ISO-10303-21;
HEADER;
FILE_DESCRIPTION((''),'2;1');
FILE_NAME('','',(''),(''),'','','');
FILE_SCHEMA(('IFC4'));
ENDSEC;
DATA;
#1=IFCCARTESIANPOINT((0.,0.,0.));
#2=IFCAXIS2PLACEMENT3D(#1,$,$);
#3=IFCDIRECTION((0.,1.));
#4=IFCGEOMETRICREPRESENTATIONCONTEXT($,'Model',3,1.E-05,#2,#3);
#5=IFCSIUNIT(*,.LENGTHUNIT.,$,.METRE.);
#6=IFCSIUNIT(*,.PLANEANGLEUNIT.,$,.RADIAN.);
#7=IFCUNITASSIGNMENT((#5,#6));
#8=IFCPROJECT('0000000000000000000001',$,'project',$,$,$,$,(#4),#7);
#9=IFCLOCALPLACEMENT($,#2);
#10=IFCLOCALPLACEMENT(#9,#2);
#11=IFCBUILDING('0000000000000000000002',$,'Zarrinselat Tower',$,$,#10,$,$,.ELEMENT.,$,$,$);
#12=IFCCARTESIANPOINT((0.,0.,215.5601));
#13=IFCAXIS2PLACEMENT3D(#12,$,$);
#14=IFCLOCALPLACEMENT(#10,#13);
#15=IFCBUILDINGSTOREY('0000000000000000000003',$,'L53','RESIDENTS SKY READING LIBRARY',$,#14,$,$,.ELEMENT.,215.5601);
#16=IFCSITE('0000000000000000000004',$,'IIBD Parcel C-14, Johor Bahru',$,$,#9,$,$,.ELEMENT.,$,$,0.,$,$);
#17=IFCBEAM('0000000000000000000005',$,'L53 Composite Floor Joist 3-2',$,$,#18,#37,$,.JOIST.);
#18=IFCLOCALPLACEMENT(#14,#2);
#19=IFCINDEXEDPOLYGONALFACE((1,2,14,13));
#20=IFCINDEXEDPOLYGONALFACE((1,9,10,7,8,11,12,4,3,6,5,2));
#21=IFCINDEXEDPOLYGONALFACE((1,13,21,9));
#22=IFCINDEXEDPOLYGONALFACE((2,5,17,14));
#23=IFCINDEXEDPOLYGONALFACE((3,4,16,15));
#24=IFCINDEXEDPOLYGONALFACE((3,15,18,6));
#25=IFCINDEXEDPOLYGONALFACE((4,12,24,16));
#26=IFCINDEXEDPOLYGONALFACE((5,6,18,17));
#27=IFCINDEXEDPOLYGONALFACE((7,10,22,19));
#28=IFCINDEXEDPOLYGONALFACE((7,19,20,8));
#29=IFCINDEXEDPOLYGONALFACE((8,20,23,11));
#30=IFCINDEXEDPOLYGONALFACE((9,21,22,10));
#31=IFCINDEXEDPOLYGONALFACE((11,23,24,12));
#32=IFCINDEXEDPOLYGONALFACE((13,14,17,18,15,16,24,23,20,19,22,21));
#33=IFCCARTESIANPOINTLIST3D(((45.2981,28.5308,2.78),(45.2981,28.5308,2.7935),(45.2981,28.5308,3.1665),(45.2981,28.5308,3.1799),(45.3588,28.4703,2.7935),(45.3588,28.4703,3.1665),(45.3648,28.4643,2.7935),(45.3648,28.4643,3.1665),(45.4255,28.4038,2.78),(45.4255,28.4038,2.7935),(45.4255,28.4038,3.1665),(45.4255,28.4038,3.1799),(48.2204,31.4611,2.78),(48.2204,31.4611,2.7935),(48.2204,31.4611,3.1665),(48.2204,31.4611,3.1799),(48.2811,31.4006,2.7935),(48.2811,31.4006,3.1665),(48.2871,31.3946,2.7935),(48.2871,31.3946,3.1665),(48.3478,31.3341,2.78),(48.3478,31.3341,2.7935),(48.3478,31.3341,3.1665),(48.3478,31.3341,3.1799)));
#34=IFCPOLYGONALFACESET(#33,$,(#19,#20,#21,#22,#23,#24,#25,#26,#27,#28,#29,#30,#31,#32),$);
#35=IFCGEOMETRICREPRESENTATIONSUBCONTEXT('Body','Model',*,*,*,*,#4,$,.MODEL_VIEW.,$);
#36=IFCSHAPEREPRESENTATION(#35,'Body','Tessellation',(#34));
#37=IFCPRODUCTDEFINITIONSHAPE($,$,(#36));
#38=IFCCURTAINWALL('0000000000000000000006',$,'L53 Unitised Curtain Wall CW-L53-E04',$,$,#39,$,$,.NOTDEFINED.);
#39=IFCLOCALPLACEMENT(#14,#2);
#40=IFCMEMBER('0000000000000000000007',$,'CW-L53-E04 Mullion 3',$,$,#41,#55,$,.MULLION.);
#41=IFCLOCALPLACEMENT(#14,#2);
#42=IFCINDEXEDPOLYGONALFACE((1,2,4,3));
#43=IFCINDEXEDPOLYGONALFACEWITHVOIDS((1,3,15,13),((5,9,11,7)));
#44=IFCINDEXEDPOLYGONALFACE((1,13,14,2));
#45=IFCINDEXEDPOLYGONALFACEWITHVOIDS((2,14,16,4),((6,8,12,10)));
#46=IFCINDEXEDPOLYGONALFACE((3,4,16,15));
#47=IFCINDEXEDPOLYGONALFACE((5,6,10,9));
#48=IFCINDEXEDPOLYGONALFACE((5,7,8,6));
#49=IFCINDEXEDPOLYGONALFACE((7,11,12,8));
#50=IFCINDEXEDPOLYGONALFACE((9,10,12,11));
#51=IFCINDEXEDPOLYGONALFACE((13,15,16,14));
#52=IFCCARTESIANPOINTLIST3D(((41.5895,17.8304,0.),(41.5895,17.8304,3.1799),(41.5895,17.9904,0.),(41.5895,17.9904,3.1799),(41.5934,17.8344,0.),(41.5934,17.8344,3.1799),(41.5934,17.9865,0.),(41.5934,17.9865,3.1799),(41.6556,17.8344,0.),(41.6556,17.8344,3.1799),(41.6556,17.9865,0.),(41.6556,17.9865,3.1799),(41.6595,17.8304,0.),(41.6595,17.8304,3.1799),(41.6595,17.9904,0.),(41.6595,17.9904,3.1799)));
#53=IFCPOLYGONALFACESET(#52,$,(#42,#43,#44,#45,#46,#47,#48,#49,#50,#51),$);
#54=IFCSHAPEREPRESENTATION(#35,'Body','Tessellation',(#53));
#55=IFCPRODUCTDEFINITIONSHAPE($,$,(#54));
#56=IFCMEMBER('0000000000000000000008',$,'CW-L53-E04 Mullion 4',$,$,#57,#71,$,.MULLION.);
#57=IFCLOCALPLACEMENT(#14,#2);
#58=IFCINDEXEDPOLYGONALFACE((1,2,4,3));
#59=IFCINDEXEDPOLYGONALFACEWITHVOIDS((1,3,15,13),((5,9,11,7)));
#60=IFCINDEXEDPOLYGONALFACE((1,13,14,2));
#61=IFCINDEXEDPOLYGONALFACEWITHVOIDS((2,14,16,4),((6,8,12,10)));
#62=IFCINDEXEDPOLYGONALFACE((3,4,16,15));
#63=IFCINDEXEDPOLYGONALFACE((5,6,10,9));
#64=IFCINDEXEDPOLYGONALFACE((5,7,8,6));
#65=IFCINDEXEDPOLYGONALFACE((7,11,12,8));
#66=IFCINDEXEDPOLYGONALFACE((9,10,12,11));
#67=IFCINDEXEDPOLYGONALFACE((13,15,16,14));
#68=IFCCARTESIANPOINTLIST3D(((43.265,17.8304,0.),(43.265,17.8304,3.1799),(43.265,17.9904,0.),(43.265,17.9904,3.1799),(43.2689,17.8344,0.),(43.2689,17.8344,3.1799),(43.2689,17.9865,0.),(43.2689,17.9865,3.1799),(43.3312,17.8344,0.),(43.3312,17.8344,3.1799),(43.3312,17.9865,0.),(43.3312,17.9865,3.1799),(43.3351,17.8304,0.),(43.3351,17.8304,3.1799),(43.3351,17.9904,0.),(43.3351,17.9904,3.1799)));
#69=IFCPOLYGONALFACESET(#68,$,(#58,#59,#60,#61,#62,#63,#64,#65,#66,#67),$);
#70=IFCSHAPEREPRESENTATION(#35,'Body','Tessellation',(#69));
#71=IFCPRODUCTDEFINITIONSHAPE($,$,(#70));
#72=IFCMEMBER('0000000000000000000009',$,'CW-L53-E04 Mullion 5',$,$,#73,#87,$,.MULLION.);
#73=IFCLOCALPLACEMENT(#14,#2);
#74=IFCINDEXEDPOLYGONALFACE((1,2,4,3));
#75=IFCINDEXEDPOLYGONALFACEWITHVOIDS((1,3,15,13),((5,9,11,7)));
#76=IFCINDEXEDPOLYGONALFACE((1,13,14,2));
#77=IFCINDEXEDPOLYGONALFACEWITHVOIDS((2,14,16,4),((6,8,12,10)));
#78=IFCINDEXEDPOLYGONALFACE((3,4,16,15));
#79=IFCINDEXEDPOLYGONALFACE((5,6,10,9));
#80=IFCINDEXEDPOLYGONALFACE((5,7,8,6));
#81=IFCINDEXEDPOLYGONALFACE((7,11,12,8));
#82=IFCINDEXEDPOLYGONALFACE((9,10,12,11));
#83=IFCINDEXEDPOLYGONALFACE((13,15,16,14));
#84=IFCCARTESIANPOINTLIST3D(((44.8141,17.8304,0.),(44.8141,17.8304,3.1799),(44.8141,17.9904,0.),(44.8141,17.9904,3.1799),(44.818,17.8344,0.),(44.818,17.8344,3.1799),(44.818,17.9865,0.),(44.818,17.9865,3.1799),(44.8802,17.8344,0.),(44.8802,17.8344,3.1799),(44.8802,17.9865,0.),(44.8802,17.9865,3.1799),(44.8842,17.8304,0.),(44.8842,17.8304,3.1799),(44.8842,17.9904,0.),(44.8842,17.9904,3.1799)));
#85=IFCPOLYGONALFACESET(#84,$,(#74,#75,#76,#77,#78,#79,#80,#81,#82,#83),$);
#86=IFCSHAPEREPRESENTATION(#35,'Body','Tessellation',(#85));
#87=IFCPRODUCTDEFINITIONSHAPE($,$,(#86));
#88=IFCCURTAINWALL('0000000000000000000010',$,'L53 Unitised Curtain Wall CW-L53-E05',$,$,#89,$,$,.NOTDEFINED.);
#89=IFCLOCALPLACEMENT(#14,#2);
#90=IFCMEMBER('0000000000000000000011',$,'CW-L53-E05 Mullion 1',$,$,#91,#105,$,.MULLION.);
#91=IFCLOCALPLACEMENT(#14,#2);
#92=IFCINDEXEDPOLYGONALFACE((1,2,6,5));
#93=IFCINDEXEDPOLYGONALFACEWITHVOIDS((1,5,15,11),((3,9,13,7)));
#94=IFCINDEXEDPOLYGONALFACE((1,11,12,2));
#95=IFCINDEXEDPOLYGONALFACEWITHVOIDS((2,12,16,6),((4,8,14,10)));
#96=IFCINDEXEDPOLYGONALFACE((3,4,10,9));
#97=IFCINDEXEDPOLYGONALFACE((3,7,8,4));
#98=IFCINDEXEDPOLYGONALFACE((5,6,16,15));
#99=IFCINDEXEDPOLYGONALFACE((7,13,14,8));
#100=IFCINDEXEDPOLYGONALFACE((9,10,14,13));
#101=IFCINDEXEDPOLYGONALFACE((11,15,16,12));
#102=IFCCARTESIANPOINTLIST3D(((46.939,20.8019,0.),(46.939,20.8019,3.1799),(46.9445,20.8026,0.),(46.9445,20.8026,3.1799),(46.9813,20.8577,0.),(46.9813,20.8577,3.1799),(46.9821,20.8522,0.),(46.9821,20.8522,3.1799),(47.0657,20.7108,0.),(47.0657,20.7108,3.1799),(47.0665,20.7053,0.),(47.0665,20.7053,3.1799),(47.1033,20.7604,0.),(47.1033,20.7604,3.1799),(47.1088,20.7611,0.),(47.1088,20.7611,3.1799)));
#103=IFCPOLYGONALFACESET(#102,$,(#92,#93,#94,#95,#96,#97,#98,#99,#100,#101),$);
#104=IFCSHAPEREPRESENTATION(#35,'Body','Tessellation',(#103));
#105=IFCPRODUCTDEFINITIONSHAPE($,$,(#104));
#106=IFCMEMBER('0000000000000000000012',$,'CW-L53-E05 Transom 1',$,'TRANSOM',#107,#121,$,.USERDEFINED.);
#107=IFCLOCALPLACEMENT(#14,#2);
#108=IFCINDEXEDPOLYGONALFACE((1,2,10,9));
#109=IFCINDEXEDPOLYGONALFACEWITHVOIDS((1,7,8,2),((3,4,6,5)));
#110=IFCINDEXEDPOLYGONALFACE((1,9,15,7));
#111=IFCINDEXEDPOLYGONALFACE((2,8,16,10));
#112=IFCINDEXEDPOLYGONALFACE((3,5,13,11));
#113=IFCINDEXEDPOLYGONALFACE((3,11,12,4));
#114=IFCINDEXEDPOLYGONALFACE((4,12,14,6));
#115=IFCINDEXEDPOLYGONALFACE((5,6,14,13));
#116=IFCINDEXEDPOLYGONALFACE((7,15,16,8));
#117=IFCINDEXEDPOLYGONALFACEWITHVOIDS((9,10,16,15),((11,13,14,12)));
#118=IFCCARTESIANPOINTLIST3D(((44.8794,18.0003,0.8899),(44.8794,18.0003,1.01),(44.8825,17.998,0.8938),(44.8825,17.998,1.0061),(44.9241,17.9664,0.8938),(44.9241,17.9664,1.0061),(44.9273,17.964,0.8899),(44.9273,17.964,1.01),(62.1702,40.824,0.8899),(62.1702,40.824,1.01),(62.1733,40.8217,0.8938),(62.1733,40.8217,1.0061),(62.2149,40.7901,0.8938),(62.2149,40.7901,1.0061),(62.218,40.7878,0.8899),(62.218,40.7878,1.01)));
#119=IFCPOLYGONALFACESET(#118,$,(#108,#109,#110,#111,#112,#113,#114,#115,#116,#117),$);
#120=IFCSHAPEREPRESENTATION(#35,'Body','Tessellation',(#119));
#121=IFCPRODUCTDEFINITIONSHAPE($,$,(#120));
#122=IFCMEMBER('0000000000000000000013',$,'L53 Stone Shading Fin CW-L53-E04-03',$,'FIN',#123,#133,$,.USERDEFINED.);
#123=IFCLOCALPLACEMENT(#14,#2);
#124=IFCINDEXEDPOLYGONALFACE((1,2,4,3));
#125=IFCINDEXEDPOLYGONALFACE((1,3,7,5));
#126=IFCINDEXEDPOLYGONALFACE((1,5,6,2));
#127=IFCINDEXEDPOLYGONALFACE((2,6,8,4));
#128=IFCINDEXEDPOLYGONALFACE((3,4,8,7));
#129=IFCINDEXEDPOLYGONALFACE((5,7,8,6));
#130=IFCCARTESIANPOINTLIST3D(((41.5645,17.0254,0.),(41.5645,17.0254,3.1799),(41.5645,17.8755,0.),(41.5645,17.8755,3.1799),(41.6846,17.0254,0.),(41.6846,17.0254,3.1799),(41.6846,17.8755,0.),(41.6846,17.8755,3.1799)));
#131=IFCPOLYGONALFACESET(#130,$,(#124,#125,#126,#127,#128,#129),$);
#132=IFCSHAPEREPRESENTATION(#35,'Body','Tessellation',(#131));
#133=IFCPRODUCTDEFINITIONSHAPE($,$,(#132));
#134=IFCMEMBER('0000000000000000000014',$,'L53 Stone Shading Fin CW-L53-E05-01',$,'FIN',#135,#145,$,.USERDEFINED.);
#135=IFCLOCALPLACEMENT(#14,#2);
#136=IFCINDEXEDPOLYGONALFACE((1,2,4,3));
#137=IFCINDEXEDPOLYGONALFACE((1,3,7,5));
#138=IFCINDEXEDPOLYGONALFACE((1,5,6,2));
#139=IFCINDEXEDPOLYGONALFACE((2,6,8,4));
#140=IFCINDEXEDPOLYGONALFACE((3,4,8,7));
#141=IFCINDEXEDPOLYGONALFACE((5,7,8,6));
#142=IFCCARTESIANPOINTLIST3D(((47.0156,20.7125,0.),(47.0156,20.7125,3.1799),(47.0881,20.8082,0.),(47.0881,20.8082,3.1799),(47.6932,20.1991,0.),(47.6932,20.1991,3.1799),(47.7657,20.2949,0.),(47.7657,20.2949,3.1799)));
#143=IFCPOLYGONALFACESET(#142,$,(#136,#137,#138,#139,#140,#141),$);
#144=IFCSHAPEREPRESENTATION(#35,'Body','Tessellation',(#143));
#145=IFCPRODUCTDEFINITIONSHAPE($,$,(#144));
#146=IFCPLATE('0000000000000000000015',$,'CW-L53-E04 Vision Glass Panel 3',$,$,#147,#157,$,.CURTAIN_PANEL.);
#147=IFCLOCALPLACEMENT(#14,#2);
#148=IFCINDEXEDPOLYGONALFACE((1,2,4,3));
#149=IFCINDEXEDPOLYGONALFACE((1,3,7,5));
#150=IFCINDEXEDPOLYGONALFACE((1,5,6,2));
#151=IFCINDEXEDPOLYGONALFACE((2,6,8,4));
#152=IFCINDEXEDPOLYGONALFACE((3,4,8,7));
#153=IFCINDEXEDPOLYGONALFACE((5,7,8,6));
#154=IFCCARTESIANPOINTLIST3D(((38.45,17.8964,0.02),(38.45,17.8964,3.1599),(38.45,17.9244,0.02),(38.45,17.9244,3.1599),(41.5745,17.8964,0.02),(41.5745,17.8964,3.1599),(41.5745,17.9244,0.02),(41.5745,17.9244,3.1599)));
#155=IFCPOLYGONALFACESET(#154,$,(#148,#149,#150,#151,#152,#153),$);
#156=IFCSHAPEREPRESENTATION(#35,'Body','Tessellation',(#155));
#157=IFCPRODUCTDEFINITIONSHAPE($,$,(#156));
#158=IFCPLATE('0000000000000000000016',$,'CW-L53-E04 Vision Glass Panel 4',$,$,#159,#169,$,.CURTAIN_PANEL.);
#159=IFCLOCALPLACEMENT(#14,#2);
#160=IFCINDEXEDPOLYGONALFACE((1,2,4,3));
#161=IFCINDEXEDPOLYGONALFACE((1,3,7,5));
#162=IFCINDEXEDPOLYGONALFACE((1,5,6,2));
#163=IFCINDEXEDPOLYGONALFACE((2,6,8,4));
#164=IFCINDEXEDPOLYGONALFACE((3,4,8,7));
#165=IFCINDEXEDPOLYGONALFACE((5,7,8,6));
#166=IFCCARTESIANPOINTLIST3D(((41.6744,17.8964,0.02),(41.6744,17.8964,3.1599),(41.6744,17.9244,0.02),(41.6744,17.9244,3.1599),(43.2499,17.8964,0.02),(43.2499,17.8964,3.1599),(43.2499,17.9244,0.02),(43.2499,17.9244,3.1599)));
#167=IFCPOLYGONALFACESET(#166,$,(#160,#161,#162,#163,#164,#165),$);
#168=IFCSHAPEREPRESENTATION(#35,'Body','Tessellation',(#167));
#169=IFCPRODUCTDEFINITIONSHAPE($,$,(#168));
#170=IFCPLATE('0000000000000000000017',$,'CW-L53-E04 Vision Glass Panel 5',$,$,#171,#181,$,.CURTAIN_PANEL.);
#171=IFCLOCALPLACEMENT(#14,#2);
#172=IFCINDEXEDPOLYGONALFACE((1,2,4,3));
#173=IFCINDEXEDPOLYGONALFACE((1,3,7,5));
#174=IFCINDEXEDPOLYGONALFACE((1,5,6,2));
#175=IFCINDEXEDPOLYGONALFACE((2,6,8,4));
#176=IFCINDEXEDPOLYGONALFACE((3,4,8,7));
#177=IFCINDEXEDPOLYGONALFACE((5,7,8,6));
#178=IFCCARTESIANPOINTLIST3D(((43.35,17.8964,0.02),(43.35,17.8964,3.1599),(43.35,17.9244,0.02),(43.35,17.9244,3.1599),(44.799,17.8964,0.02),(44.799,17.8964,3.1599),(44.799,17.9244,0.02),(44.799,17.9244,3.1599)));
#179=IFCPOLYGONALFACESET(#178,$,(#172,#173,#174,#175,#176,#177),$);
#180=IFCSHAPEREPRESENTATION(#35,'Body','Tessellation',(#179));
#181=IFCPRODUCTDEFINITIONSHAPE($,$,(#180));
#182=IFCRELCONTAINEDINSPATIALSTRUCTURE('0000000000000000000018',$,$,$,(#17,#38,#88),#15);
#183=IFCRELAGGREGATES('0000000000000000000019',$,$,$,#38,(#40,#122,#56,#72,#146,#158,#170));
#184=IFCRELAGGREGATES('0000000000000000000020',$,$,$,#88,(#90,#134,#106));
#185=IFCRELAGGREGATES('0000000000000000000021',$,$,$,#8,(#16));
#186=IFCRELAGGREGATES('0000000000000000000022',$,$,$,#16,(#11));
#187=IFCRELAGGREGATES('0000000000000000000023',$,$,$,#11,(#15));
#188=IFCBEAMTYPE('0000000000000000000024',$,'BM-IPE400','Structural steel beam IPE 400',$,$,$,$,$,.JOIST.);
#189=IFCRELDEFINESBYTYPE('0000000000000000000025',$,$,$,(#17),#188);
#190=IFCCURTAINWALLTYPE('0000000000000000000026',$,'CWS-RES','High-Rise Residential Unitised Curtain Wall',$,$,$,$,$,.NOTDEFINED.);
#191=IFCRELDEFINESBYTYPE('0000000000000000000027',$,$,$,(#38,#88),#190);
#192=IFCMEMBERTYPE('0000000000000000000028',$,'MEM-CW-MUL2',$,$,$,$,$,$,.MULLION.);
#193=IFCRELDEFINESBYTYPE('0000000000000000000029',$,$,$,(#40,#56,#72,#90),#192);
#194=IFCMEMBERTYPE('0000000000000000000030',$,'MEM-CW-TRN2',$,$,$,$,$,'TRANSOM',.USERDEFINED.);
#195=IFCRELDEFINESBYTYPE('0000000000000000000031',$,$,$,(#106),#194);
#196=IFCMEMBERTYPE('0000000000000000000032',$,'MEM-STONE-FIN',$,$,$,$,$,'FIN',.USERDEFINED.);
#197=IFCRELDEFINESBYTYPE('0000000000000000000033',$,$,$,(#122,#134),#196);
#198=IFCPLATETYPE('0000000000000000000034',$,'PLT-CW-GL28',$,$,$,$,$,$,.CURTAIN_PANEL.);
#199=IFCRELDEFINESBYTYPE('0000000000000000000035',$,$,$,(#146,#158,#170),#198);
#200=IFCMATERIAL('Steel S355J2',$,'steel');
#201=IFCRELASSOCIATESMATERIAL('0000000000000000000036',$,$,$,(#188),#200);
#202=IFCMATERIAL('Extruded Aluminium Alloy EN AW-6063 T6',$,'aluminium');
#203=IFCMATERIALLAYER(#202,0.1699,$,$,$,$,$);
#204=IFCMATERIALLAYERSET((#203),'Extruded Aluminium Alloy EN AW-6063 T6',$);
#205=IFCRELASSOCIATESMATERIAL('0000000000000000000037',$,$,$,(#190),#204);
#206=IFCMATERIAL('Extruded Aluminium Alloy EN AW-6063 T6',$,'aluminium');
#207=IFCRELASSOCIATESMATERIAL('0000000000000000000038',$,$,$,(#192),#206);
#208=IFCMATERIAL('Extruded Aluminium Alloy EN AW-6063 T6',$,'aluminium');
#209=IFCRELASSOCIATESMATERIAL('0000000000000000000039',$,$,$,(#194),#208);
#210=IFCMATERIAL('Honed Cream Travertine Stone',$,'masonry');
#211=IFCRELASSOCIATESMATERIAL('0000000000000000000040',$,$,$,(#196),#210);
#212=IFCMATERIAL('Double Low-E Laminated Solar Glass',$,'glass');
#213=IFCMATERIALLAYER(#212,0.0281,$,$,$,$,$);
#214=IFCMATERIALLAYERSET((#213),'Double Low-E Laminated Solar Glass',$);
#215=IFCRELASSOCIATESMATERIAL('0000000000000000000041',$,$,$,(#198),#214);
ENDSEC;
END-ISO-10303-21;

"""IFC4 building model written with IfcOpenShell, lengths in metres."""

from ifc_helpers import new_model, si_unit, direction, frame, origin, origin_2d, place, context, subcontext, project, spatial, rectangle, hollow_rectangle, i_section, extrude, material, layer, layer_set, material_profile, profile_set, type_object, element, aggregate, save


model = new_model("IFC4")

# Units and contexts
model_context = context("Model", 3, precision=1e-05, world=origin(), true_north=direction((0.0, 1.0)))
body_context = subcontext(model_context, "Body", "Model", "MODEL_VIEW")
ifc_project = project(units=[si_unit("LENGTHUNIT", "METRE"), si_unit("PLANEANGLEUNIT", "RADIAN")], contexts=[model_context])

# Site, building, storey
site_placement = place(None, origin())
site = spatial("IfcSite", under=ifc_project, at=site_placement, Name="IIBD Parcel C-14, Johor Bahru", CompositionType="ELEMENT", RefElevation=0.0)
building_placement = place(site_placement, origin())
building = spatial("IfcBuilding", under=site, at=building_placement, Name="Zarrinselat Tower", CompositionType="ELEMENT")
storey_placement = place(building_placement, frame((0.0, 0.0, 215.5601)))
storey = spatial("IfcBuildingStorey", under=building, at=storey_placement, Name="L53", Description="RESIDENTS SKY READING LIBRARY", CompositionType="ELEMENT", Elevation=215.5601)

# Beam
ifc_material_1 = material(Name="Steel S355J2", Category="steel")
ifc_material_profile_1 = material_profile(ifc_material_1, i_section(OverallWidth=0.1799, OverallDepth=0.3999, WebThickness=0.0085, FlangeThickness=0.0134, at=origin_2d()), Name="IPE 400")
ifc_profile_set_1 = profile_set([ifc_material_profile_1], Name="Steel S355J2")
beam_type_1 = type_object("IfcBeamType", Name="BM-IPE400", Description="Structural steel beam IPE 400", PredefinedType="JOIST", material=ifc_profile_set_1)
beam_1_placement = place(storey_placement, frame((45.3618, 28.4673, 2.98), z_axis=(0.706133, 0.708079, 0.0), x_axis=(-0.708079, 0.706133, 0.0)))
element("IfcBeam", 1, at=beam_1_placement, inside=storey, type_object=beam_type_1, Name="L53 Composite Floor Joist 3-2", PredefinedType="JOIST", context=body_context, shape_type="SweptSolid", body=[
    extrude(i_section(OverallWidth=0.1799, OverallDepth=0.3999, WebThickness=0.0085, FlangeThickness=0.0134, at=origin_2d()), origin(), (0.0, 0.0, 1.0), 4.1384),
])

# Curtain walls, members
ifc_material_2 = material(Name="Extruded Aluminium Alloy EN AW-6063 T6", Category="aluminium")
ifc_layer_1 = layer(ifc_material_2, 0.1699)
ifc_layer_set_1 = layer_set([ifc_layer_1], Name="Extruded Aluminium Alloy EN AW-6063 T6")
curtain_wall_type = type_object("IfcCurtainWallType", Name="CWS-RES", Description="High-Rise Residential Unitised Curtain Wall", PredefinedType="NOTDEFINED", material=ifc_layer_set_1)
curtain_wall_1_placement = place(storey_placement, origin())
curtain_wall_1 = element("IfcCurtainWall", 2, at=curtain_wall_1_placement, inside=storey, type_object=curtain_wall_type, Name="L53 Unitised Curtain Wall CW-L53-E04", PredefinedType="NOTDEFINED")
ifc_material_3 = material(Name="Extruded Aluminium Alloy EN AW-6063 T6", Category="aluminium")
ifc_material_profile_2 = material_profile(ifc_material_3, hollow_rectangle(XDim=0.0701, YDim=0.1599, WallThickness=0.0039, at=origin_2d()), Name="RHS 160x70x4")
ifc_profile_set_2 = profile_set([ifc_material_profile_2], Name="Extruded Aluminium Alloy EN AW-6063 T6")
member_type_1 = type_object("IfcMemberType", Name="MEM-CW-MUL2", PredefinedType="MULLION", material=ifc_profile_set_2)
member_1_placement = place(storey_placement, frame((41.6245, 17.9104, 0.0), z_axis=(0.0, 0.0, 1.0), x_axis=(1.0, 0.0, 0.0)))
member_1 = element("IfcMember", 3, at=member_1_placement, type_object=member_type_1, Name="CW-L53-E04 Mullion 3", PredefinedType="MULLION", context=body_context, shape_type="SweptSolid", body=[
    extrude(hollow_rectangle(XDim=0.0701, YDim=0.1599, WallThickness=0.0039, at=origin_2d()), origin(), (0.0, 0.0, 1.0), 3.1799),
])
member_2_placement = place(storey_placement, frame((43.3, 17.9104, 0.0), z_axis=(0.0, 0.0, 1.0), x_axis=(1.0, 0.0, 0.0)))
member_2 = element("IfcMember", 4, at=member_2_placement, type_object=member_type_1, Name="CW-L53-E04 Mullion 4", PredefinedType="MULLION", context=body_context, shape_type="SweptSolid", body=[
    extrude(hollow_rectangle(XDim=0.0701, YDim=0.1599, WallThickness=0.0039, at=origin_2d()), origin(), (0.0, 0.0, 1.0), 3.1799),
])
member_3_placement = place(storey_placement, frame((44.8491, 17.9104, 0.0), z_axis=(0.0, 0.0, 1.0), x_axis=(1.0, 0.0, 0.0)))
member_3 = element("IfcMember", 5, at=member_3_placement, type_object=member_type_1, Name="CW-L53-E04 Mullion 5", PredefinedType="MULLION", context=body_context, shape_type="SweptSolid", body=[
    extrude(hollow_rectangle(XDim=0.0701, YDim=0.1599, WallThickness=0.0039, at=origin_2d()), origin(), (0.0, 0.0, 1.0), 3.1799),
])
curtain_wall_2_placement = place(storey_placement, origin())
curtain_wall_2 = element("IfcCurtainWall", 6, at=curtain_wall_2_placement, inside=storey, type_object=curtain_wall_type, Name="L53 Unitised Curtain Wall CW-L53-E05", PredefinedType="NOTDEFINED")
member_4_placement = place(storey_placement, frame((47.0239, 20.7815, 0.0), z_axis=(0.0, 0.0, 1.0), x_axis=(0.603859, 0.797091, 0.0)))
member_4 = element("IfcMember", 7, at=member_4_placement, type_object=member_type_1, Name="CW-L53-E05 Mullion 1", PredefinedType="MULLION", context=body_context, shape_type="SweptSolid", body=[
    extrude(hollow_rectangle(XDim=0.0701, YDim=0.1599, WallThickness=0.0039, at=origin_2d()), origin(), (0.0, 0.0, 1.0), 3.1799),
])
ifc_material_4 = material(Name="Extruded Aluminium Alloy EN AW-6063 T6", Category="aluminium")
ifc_material_profile_3 = material_profile(ifc_material_4, hollow_rectangle(XDim=0.0601, YDim=0.1201, WallThickness=0.0039, at=origin_2d()), Name="RHS 120x60x4")
ifc_profile_set_3 = profile_set([ifc_material_profile_3], Name="Extruded Aluminium Alloy EN AW-6063 T6")
member_type_2 = type_object("IfcMemberType", Name="MEM-CW-TRN2", ElementType="TRANSOM", PredefinedType="USERDEFINED", material=ifc_profile_set_3)
member_5_placement = place(storey_placement, frame((44.9033, 17.9822, 0.95), z_axis=(0.603859, 0.797091, 0.0), x_axis=(-0.797091, 0.603859, 0.0)))
member_5 = element("IfcMember", 8, at=member_5_placement, type_object=member_type_2, Name="CW-L53-E05 Transom 1", ObjectType="TRANSOM", PredefinedType="USERDEFINED", context=body_context, shape_type="SweptSolid", body=[
    extrude(hollow_rectangle(XDim=0.0601, YDim=0.1201, WallThickness=0.0039, at=origin_2d()), origin(), (0.0, 0.0, 1.0), 28.6338),
])

# Members
ifc_material_5 = material(Name="Honed Cream Travertine Stone", Category="masonry")
ifc_material_profile_4 = material_profile(ifc_material_5, rectangle(XDim=0.1201, YDim=0.8501, at=origin_2d()), Name="FIN 850x120")
ifc_profile_set_4 = profile_set([ifc_material_profile_4], Name="Honed Cream Travertine Stone")
member_type_3 = type_object("IfcMemberType", Name="MEM-STONE-FIN", ElementType="FIN", PredefinedType="USERDEFINED", material=ifc_profile_set_4)
member_6_placement = place(storey_placement, frame((41.6245, 17.4504, 0.0), z_axis=(0.0, 0.0, 1.0), x_axis=(-1.0, 0.0, 0.0)))
member_6 = element("IfcMember", 9, at=member_6_placement, type_object=member_type_3, Name="L53 Stone Shading Fin CW-L53-E04-03", ObjectType="FIN", PredefinedType="USERDEFINED", context=body_context, shape_type="SweptSolid", body=[
    extrude(rectangle(XDim=0.1201, YDim=0.8501, at=origin_2d()), origin(), (0.0, 0.0, 1.0), 3.1799),
])
member_7_placement = place(storey_placement, frame((47.3906, 20.5037, 0.0), z_axis=(0.0, 0.0, 1.0), x_axis=(-0.603859, -0.797091, 0.0)))
member_7 = element("IfcMember", 10, at=member_7_placement, type_object=member_type_3, Name="L53 Stone Shading Fin CW-L53-E05-01", ObjectType="FIN", PredefinedType="USERDEFINED", context=body_context, shape_type="SweptSolid", body=[
    extrude(rectangle(XDim=0.1201, YDim=0.8501, at=origin_2d()), origin(), (0.0, 0.0, 1.0), 3.1799),
])

# Plates
ifc_material_6 = material(Name="Double Low-E Laminated Solar Glass", Category="glass")
ifc_layer_2 = layer(ifc_material_6, 0.0281)
ifc_layer_set_2 = layer_set([ifc_layer_2], Name="Double Low-E Laminated Solar Glass")
plate_type = type_object("IfcPlateType", Name="PLT-CW-GL28", PredefinedType="CURTAIN_PANEL", material=ifc_layer_set_2)
plate_1_placement = place(storey_placement, frame((40.0122, 17.9104, 0.02), z_axis=(0.0, 0.0, 1.0), x_axis=(1.0, 0.0, 0.0)))
plate_1 = element("IfcPlate", 11, at=plate_1_placement, type_object=plate_type, Name="CW-L53-E04 Vision Glass Panel 3", PredefinedType="CURTAIN_PANEL", context=body_context, shape_type="SweptSolid", body=[
    extrude(rectangle(XDim=3.1245, YDim=0.0281, at=origin_2d()), origin(), (0.0, 0.0, 1.0), 3.1399),
])
plate_2_placement = place(storey_placement, frame((42.4622, 17.9104, 0.02), z_axis=(0.0, 0.0, 1.0), x_axis=(1.0, 0.0, 0.0)))
plate_2 = element("IfcPlate", 12, at=plate_2_placement, type_object=plate_type, Name="CW-L53-E04 Vision Glass Panel 4", PredefinedType="CURTAIN_PANEL", context=body_context, shape_type="SweptSolid", body=[
    extrude(rectangle(XDim=1.5754, YDim=0.0281, at=origin_2d()), origin(), (0.0, 0.0, 1.0), 3.1399),
])
plate_3_placement = place(storey_placement, frame((44.0745, 17.9104, 0.02), z_axis=(0.0, 0.0, 1.0), x_axis=(1.0, 0.0, 0.0)))
plate_3 = element("IfcPlate", 13, at=plate_3_placement, type_object=plate_type, Name="CW-L53-E04 Vision Glass Panel 5", PredefinedType="CURTAIN_PANEL", context=body_context, shape_type="SweptSolid", body=[
    extrude(rectangle(XDim=1.449, YDim=0.0281, at=origin_2d()), origin(), (0.0, 0.0, 1.0), 3.1399),
])
aggregate(curtain_wall_1, [member_1, member_6, member_2, member_3, plate_1, plate_2, plate_3])
aggregate(curtain_wall_2, [member_4, member_7, member_5])

save(model, "model.ifc")
